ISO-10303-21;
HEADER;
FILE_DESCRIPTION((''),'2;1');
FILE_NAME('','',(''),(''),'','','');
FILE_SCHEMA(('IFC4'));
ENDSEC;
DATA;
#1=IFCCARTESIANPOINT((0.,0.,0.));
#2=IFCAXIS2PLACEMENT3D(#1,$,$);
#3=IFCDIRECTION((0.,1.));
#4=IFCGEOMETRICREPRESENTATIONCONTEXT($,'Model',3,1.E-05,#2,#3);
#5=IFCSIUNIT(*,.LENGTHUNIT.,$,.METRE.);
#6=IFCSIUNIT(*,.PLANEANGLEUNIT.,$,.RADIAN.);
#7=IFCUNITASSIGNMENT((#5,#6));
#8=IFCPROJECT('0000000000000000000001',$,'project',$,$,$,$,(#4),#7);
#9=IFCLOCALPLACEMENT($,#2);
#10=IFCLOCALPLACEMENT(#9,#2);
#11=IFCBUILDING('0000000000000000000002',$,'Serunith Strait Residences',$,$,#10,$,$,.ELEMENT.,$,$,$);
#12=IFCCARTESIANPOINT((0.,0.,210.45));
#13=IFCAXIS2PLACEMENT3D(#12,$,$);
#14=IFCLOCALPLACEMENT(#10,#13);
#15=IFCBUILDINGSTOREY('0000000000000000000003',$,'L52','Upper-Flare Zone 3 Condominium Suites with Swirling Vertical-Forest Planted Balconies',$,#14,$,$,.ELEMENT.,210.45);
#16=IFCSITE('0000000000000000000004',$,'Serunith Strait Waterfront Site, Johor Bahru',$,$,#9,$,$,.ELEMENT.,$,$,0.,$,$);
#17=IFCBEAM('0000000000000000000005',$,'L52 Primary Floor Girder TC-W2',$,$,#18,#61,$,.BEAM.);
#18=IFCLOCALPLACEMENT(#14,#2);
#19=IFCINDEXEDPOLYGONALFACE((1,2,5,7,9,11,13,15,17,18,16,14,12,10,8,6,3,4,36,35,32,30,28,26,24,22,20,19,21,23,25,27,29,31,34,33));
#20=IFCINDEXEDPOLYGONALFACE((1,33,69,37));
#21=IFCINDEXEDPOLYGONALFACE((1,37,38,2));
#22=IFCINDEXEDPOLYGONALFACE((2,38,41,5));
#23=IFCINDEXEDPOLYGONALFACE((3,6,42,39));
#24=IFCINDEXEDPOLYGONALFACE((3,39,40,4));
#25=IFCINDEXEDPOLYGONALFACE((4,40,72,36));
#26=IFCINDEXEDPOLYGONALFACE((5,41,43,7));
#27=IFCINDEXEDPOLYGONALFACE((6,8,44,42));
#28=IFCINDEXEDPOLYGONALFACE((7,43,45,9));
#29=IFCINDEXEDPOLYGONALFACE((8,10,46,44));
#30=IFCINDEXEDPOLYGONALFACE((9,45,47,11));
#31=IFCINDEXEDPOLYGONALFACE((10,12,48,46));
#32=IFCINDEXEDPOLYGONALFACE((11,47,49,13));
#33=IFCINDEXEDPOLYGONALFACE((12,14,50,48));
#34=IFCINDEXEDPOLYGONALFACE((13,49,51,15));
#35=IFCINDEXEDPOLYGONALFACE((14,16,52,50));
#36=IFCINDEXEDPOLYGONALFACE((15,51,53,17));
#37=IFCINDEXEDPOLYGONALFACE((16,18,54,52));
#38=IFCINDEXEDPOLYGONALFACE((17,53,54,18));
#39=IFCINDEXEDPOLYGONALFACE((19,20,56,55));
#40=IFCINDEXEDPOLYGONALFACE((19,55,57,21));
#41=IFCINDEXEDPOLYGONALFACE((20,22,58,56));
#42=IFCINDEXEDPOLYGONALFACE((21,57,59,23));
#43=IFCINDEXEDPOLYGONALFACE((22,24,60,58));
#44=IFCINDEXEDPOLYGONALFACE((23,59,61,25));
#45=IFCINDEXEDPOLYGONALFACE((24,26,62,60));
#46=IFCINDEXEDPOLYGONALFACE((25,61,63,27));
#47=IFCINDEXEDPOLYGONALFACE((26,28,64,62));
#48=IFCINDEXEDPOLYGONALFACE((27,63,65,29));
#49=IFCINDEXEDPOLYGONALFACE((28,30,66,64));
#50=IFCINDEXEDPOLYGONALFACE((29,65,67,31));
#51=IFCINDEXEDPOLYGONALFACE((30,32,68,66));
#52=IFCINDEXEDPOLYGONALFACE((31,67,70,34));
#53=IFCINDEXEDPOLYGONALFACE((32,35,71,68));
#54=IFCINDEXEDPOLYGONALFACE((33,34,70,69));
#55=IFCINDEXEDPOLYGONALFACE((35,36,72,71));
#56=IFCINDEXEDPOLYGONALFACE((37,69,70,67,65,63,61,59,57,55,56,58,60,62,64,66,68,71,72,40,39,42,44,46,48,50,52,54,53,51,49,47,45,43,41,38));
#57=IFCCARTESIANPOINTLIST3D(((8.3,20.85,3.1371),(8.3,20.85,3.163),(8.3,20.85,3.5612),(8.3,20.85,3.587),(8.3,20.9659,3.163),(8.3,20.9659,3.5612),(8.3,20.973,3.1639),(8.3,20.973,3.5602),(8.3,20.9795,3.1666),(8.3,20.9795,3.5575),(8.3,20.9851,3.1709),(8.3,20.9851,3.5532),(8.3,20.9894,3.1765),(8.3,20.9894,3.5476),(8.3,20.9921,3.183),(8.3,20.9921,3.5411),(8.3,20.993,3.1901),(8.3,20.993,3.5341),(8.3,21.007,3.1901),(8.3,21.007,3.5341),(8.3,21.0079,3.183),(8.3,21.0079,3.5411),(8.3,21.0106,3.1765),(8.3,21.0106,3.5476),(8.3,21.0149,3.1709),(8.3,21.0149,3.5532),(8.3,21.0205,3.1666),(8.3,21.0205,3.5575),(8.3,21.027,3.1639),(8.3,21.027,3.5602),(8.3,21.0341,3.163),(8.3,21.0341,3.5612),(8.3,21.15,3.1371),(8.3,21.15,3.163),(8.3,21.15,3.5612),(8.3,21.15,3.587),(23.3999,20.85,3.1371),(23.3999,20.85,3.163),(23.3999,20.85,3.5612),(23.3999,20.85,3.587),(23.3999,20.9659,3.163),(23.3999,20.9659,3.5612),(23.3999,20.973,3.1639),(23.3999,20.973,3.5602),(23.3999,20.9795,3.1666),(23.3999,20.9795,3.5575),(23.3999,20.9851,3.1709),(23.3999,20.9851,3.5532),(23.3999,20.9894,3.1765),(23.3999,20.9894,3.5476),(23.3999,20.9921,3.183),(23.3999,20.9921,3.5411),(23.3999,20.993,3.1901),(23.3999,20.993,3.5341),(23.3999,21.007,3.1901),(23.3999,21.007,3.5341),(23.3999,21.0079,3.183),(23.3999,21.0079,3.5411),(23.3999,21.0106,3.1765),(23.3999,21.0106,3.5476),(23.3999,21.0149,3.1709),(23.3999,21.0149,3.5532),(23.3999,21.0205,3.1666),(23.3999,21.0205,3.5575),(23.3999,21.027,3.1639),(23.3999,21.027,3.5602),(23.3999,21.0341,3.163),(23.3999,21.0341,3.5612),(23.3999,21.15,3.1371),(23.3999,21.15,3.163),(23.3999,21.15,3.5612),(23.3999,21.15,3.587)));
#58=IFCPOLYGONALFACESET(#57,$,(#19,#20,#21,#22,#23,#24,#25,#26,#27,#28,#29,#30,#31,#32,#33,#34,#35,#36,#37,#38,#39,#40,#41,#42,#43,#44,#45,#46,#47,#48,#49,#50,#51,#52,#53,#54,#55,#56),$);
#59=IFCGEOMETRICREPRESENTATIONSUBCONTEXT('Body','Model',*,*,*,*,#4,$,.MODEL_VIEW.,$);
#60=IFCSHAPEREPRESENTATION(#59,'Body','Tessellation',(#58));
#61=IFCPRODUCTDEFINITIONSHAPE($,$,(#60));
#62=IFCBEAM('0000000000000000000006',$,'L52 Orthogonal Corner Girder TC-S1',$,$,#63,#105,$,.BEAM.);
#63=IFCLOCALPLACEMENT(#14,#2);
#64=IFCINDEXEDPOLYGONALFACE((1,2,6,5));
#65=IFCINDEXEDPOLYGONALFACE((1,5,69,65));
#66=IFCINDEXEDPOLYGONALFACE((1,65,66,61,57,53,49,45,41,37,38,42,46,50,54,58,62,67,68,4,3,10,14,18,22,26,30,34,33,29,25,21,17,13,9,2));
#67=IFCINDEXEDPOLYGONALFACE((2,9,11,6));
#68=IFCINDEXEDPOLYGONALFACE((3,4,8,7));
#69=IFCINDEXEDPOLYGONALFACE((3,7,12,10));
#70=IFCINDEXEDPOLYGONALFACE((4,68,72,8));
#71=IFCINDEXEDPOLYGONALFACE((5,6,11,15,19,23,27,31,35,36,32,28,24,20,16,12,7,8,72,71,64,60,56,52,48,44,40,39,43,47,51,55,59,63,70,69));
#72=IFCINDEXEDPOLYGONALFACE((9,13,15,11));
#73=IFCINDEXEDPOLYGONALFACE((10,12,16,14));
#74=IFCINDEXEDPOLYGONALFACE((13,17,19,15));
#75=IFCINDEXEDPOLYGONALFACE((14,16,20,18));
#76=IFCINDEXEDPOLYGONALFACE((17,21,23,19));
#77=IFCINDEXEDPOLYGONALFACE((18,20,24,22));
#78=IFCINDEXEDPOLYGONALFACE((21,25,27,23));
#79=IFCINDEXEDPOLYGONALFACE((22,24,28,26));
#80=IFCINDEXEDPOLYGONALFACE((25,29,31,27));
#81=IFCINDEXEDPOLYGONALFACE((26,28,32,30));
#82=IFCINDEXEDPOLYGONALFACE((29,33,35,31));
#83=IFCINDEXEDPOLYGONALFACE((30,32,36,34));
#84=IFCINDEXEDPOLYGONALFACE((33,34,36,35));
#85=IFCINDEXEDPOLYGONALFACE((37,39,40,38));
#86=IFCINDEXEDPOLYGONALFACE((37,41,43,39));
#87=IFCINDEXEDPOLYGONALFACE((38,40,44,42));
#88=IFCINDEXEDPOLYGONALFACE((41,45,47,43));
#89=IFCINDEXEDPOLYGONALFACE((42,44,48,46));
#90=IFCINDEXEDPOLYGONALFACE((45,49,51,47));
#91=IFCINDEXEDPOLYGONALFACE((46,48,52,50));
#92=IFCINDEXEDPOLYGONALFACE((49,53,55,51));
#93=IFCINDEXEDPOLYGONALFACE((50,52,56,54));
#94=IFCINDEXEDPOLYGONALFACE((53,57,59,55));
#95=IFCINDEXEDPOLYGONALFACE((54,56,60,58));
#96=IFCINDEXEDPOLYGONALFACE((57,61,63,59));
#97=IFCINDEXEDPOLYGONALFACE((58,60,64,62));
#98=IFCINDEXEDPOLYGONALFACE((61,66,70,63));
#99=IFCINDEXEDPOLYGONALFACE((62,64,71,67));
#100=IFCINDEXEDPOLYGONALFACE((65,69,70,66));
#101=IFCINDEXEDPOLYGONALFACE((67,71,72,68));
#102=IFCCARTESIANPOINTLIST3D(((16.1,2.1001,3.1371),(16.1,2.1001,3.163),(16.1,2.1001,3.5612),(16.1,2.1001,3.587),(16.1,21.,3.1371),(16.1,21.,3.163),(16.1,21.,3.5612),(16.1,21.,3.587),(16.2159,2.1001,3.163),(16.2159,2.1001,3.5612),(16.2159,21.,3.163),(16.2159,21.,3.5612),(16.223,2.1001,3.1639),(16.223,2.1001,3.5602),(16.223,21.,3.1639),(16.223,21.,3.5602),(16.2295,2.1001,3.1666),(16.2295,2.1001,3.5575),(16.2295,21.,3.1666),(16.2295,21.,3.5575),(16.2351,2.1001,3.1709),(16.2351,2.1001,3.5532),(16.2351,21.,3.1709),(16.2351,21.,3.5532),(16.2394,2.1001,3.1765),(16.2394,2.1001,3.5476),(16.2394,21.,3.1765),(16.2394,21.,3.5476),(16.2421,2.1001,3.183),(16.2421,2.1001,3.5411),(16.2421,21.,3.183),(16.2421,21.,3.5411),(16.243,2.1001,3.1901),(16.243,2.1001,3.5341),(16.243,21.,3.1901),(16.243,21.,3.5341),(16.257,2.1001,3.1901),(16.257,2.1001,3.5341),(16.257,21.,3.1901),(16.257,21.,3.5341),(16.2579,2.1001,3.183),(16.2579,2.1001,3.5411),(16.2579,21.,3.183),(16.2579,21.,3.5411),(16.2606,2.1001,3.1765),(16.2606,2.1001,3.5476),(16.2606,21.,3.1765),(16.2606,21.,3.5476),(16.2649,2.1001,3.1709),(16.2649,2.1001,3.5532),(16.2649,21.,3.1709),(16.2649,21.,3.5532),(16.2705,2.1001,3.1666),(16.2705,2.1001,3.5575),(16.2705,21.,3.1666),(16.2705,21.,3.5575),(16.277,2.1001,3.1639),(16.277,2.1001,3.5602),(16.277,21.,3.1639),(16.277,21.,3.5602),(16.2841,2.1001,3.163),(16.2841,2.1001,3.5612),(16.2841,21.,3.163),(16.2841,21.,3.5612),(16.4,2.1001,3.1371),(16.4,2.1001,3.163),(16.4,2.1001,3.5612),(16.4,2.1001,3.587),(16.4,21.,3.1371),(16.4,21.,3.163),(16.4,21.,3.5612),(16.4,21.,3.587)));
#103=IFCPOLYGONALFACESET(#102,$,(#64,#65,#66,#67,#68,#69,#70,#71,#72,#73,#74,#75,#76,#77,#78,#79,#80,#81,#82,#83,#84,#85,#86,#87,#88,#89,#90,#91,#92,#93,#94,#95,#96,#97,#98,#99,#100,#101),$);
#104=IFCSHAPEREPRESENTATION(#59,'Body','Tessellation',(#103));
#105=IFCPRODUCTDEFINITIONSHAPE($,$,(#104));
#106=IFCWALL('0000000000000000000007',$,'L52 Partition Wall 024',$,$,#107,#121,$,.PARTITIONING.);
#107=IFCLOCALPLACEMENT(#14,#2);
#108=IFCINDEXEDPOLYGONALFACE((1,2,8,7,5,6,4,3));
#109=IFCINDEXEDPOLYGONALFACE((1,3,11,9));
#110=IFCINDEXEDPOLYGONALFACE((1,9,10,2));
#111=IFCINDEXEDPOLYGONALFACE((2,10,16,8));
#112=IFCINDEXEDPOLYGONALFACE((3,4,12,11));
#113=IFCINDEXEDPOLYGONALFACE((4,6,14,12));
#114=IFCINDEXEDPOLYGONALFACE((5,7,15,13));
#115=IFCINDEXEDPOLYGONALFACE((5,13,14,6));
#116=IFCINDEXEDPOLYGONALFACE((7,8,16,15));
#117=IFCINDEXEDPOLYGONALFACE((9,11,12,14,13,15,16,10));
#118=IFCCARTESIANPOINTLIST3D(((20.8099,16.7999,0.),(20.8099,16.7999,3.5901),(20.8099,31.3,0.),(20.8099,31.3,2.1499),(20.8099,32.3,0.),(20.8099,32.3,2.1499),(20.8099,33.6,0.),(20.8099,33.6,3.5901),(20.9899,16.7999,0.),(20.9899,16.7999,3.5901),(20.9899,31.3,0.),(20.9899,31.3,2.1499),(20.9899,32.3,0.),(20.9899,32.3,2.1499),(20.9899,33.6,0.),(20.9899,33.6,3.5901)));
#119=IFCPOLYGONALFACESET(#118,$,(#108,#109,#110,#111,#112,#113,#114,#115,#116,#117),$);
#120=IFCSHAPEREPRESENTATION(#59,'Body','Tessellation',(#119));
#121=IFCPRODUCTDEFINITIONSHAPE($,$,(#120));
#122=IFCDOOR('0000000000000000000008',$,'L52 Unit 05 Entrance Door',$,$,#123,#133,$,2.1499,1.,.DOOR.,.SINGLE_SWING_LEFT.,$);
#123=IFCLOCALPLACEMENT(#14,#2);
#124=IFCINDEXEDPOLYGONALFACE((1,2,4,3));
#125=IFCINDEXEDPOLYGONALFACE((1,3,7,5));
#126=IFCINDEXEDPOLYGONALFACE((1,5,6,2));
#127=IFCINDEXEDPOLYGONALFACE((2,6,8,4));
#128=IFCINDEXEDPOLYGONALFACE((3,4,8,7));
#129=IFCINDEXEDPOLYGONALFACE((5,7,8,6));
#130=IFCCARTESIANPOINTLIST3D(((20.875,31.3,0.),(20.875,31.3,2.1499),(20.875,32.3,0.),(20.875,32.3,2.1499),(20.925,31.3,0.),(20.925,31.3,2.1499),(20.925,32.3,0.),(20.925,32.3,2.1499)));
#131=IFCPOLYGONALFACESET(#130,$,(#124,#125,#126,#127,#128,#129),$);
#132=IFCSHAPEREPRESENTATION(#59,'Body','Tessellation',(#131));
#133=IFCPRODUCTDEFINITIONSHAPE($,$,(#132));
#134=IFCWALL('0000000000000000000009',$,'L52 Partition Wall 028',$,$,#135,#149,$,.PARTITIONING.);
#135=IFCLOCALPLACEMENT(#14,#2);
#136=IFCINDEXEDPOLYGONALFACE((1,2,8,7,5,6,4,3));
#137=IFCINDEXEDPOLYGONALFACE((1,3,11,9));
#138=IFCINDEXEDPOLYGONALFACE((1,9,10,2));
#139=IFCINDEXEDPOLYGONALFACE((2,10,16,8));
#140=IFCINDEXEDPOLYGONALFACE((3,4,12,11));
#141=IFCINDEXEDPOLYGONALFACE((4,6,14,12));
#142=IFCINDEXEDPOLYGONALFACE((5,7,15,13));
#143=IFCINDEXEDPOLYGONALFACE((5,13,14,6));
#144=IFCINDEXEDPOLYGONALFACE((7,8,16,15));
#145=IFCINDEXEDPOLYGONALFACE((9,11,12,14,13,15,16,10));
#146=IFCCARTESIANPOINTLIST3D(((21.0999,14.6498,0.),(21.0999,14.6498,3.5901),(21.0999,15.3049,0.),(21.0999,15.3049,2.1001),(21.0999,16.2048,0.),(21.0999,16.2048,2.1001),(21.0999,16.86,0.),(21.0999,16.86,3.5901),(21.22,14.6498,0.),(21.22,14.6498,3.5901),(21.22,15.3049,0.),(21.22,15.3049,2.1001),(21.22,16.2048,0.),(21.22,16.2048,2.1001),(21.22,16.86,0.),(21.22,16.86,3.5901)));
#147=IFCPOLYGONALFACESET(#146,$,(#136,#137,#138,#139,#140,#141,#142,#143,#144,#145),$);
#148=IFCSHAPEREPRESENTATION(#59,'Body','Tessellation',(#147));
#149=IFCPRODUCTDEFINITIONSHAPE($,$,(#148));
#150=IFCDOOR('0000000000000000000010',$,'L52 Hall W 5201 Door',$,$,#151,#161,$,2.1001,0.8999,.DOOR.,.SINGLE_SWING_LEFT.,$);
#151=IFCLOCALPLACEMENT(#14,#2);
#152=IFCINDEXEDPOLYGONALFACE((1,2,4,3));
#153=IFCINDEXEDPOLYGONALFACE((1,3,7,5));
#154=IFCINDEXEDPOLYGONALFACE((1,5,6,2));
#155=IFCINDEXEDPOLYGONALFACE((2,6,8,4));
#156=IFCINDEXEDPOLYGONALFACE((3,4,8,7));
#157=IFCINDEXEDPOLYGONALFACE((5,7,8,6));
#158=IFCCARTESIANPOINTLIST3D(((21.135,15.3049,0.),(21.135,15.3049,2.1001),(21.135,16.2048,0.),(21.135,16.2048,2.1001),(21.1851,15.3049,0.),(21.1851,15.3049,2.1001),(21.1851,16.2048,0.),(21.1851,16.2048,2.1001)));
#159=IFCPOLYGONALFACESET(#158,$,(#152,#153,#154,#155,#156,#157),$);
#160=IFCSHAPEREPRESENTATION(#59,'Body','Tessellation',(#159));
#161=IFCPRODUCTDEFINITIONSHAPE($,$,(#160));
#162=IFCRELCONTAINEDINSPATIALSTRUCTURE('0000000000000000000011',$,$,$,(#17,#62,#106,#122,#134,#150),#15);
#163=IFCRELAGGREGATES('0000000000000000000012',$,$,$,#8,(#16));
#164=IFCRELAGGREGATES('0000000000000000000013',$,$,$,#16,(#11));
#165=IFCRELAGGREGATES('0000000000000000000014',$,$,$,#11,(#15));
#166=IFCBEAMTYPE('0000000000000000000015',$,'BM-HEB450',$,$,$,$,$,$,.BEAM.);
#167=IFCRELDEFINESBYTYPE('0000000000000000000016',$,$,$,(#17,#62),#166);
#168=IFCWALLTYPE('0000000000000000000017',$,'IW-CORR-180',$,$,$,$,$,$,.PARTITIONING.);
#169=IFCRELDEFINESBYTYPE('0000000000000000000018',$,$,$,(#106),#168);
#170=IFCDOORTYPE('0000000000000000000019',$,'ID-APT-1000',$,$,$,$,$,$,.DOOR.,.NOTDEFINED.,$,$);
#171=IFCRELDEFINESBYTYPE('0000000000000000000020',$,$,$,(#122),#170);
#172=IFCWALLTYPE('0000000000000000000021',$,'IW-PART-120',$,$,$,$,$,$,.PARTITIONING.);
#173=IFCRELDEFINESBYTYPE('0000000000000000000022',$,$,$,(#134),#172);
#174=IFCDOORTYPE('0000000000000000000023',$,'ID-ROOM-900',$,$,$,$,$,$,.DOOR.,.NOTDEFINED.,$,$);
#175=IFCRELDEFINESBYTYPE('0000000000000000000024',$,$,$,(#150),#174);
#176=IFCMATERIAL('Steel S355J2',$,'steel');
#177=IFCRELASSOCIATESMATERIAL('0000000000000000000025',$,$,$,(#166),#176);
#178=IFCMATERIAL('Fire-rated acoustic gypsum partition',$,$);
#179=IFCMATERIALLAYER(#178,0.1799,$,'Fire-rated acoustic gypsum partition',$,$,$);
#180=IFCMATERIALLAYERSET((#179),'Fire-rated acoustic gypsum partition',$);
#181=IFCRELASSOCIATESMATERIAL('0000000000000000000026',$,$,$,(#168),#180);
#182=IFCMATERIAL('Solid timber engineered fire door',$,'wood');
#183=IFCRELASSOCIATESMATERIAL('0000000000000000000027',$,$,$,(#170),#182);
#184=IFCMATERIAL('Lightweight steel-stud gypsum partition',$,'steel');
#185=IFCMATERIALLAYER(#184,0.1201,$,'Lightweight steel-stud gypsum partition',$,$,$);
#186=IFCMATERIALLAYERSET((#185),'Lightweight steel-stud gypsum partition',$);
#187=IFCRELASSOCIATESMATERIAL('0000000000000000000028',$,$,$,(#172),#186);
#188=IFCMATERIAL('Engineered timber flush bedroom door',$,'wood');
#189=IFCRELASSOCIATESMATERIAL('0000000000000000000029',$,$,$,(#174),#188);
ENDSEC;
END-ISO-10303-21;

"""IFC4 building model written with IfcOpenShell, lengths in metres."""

from ifc_helpers import new_model, si_unit, direction, frame, frame_2d, origin, origin_2d, place, context, subcontext, project, spatial, rectangle, i_section, extrude, source, transform, mapped, material, layer, layer_set, material_profile, profile_set, type_object, element, fill, save


model = new_model("IFC4")

# Units and contexts
model_context = context("Model", 3, precision=1e-05, world=origin(), true_north=direction((0.0, 1.0)))
body_context = subcontext(model_context, "Body", "Model", "MODEL_VIEW")
ifc_project = project(units=[si_unit("LENGTHUNIT", "METRE"), si_unit("PLANEANGLEUNIT", "RADIAN")], contexts=[model_context])

# Site, building, storey
site_placement = place(None, origin())
site = spatial("IfcSite", under=ifc_project, at=site_placement, Name="Serunith Strait Waterfront Site, Johor Bahru", CompositionType="ELEMENT", RefElevation=0.0)
building_placement = place(site_placement, origin())
building = spatial("IfcBuilding", under=site, at=building_placement, Name="Serunith Strait Residences", CompositionType="ELEMENT")
storey_placement = place(building_placement, frame((0.0, 0.0, 210.45)))
storey = spatial("IfcBuildingStorey", under=building, at=storey_placement, Name="L52", Description="Upper-Flare Zone 3 Condominium Suites with Swirling Vertical-Forest Planted Balconies", CompositionType="ELEMENT", Elevation=210.45)

# Beams
ifc_material_1 = material(Name="Steel S355J2", Category="steel")
ifc_material_profile = material_profile(ifc_material_1, i_section(OverallWidth=0.3, OverallDepth=0.45, WebThickness=0.0139, FlangeThickness=0.0259, FilletRadius=0.0271, at=origin_2d()), Name="HEB 450")
ifc_profile_set = profile_set([ifc_material_profile], Name="Steel S355J2")
beam_type = type_object("IfcBeamType", Name="BM-HEB450", PredefinedType="BEAM", material=ifc_profile_set)
shared_shape_1 = source(origin(), body_context, "Body", "SweptSolid", [
    extrude(i_section(OverallWidth=0.3, OverallDepth=0.45, WebThickness=0.0139, FlangeThickness=0.0259, FilletRadius=0.0271, at=origin_2d()), origin(), (0.0, 0.0, 1.0), 15.0999),
])
beam_1_placement = place(storey_placement, frame((23.3999, 21.0, 3.3621), z_axis=(-1.0, 0.0, 0.0), x_axis=(0.0, -1.0, 0.0)))
element("IfcBeam", 1, at=beam_1_placement, inside=storey, type_object=beam_type, Name="L52 Primary Floor Girder TC-W2", PredefinedType="BEAM", context=body_context, shape_type="MappedRepresentation", body=[
    mapped(shared_shape_1, transform((0.0, 0.0, 0.0), scale=1.0)),
])
shared_shape_2 = source(origin(), body_context, "Body", "SweptSolid", [
    extrude(i_section(OverallWidth=0.3, OverallDepth=0.45, WebThickness=0.0139, FlangeThickness=0.0259, FilletRadius=0.0271, at=origin_2d()), origin(), (0.0, 0.0, 1.0), 18.8999),
])
beam_2_placement = place(storey_placement, frame((16.25, 21.0, 3.3621), z_axis=(0.0, -1.0, 0.0), x_axis=(1.0, 0.0, 0.0)))
element("IfcBeam", 2, at=beam_2_placement, inside=storey, type_object=beam_type, Name="L52 Orthogonal Corner Girder TC-S1", PredefinedType="BEAM", context=body_context, shape_type="MappedRepresentation", body=[
    mapped(shared_shape_2, transform((0.0, 0.0, 0.0), scale=1.0)),
])

# Walls, openings, doors
ifc_material_2 = material(Name="Fire-rated acoustic gypsum partition")
ifc_layer_1 = layer(ifc_material_2, 0.1799, Name="Fire-rated acoustic gypsum partition")
ifc_layer_set_1 = layer_set([ifc_layer_1], Name="Fire-rated acoustic gypsum partition")
wall_type_1 = type_object("IfcWallType", Name="IW-CORR-180", PredefinedType="PARTITIONING", material=ifc_layer_set_1)
ifc_material_3 = material(Name="Solid timber engineered fire door", Category="wood")
door_type_1 = type_object("IfcDoorType", Name="ID-APT-1000", OperationType="NOTDEFINED", PredefinedType="DOOR", material=ifc_material_3)
shared_shape_3 = source(origin(), body_context, "Body", "SweptSolid", [
    extrude(rectangle(XDim=1.0, YDim=2.1499, at=frame_2d((0.5, 1.075))), frame((0.0, 0.0249, 0.0), z_axis=(0.0, -1.0, 0.0), x_axis=(1.0, 0.0, 0.0)), (0.0, 0.0, 1.0), 0.05),
])
wall_1_placement = place(storey_placement, frame((20.8999, 16.8, 0.0), z_axis=(0.0, 0.0, 1.0), x_axis=(0.0, 1.0, 0.0)))
wall_1 = element("IfcWall", 3, at=wall_1_placement, inside=storey, type_object=wall_type_1, Name="L52 Partition Wall 024", PredefinedType="PARTITIONING", context=body_context, shape_type="SweptSolid", body=[
    extrude(rectangle(XDim=16.8, YDim=0.1799, at=frame_2d((8.3999, 0.0))), origin(), (0.0, 0.0, 1.0), 3.5901),
])
opening_1_placement = place(wall_1_placement, frame((14.5, 0.0, 0.0)))
opening_1 = element("IfcOpeningElement", 4, at=opening_1_placement, cuts=wall_1, PredefinedType="OPENING", context=body_context, shape_type="SweptSolid", body=[
    extrude(rectangle(XDim=1.0, YDim=2.1499, at=frame_2d((0.5, 1.075))), frame((0.0, 0.1001, 0.0), z_axis=(0.0, -1.0, 0.0), x_axis=(1.0, 0.0, 0.0)), (0.0, 0.0, 1.0), 0.2),
])
door_1_placement = place(opening_1_placement, origin())
door_1 = element("IfcDoor", 5, at=door_1_placement, inside=storey, type_object=door_type_1, Name="L52 Unit 05 Entrance Door", OperationType="SINGLE_SWING_LEFT", OverallHeight=2.1499, OverallWidth=1.0, PredefinedType="DOOR", context=body_context, shape_type="MappedRepresentation", body=[
    mapped(shared_shape_3, transform((0.0, 0.0, 0.0), scale=1.0)),
])
fill(opening_1, door_1)
ifc_material_4 = material(Name="Lightweight steel-stud gypsum partition", Category="steel")
ifc_layer_2 = layer(ifc_material_4, 0.1201, Name="Lightweight steel-stud gypsum partition")
ifc_layer_set_2 = layer_set([ifc_layer_2], Name="Lightweight steel-stud gypsum partition")
wall_type_2 = type_object("IfcWallType", Name="IW-PART-120", PredefinedType="PARTITIONING", material=ifc_layer_set_2)
wall_2_placement = place(storey_placement, frame((21.1599, 14.6499, 0.0), z_axis=(0.0, 0.0, 1.0), x_axis=(0.0, 1.0, 0.0)))
wall_2 = element("IfcWall", 6, at=wall_2_placement, inside=storey, type_object=wall_type_2, Name="L52 Partition Wall 028", PredefinedType="PARTITIONING", context=body_context, shape_type="SweptSolid", body=[
    extrude(rectangle(XDim=2.2102, YDim=0.1201, at=frame_2d((1.105, 0.0))), origin(), (0.0, 0.0, 1.0), 3.5901),
])
opening_2_placement = place(wall_2_placement, frame((0.655, 0.0, 0.0)))
opening_2 = element("IfcOpeningElement", 7, at=opening_2_placement, cuts=wall_2, PredefinedType="OPENING", context=body_context, shape_type="SweptSolid", body=[
    extrude(rectangle(XDim=0.8999, YDim=2.1001, at=frame_2d((0.45, 1.05))), frame((0.0, 0.0701, 0.0), z_axis=(0.0, -1.0, 0.0), x_axis=(1.0, 0.0, 0.0)), (0.0, 0.0, 1.0), 0.1401),
])
ifc_material_5 = material(Name="Engineered timber flush bedroom door", Category="wood")
door_type_2 = type_object("IfcDoorType", Name="ID-ROOM-900", OperationType="NOTDEFINED", PredefinedType="DOOR", material=ifc_material_5)
shared_shape_4 = source(origin(), body_context, "Body", "SweptSolid", [
    extrude(rectangle(XDim=0.8999, YDim=2.1001, at=frame_2d((0.45, 1.05))), frame((0.0, 0.0249, 0.0), z_axis=(0.0, -1.0, 0.0), x_axis=(1.0, 0.0, 0.0)), (0.0, 0.0, 1.0), 0.05),
])
door_2_placement = place(opening_2_placement, origin())
door_2 = element("IfcDoor", 8, at=door_2_placement, inside=storey, type_object=door_type_2, Name="L52 Hall W 5201 Door", OperationType="SINGLE_SWING_LEFT", OverallHeight=2.1001, OverallWidth=0.8999, PredefinedType="DOOR", context=body_context, shape_type="MappedRepresentation", body=[
    mapped(shared_shape_4, transform((0.0, 0.0, 0.0), scale=1.0)),
])
fill(opening_2, door_2)

save(model, "model.ifc")
